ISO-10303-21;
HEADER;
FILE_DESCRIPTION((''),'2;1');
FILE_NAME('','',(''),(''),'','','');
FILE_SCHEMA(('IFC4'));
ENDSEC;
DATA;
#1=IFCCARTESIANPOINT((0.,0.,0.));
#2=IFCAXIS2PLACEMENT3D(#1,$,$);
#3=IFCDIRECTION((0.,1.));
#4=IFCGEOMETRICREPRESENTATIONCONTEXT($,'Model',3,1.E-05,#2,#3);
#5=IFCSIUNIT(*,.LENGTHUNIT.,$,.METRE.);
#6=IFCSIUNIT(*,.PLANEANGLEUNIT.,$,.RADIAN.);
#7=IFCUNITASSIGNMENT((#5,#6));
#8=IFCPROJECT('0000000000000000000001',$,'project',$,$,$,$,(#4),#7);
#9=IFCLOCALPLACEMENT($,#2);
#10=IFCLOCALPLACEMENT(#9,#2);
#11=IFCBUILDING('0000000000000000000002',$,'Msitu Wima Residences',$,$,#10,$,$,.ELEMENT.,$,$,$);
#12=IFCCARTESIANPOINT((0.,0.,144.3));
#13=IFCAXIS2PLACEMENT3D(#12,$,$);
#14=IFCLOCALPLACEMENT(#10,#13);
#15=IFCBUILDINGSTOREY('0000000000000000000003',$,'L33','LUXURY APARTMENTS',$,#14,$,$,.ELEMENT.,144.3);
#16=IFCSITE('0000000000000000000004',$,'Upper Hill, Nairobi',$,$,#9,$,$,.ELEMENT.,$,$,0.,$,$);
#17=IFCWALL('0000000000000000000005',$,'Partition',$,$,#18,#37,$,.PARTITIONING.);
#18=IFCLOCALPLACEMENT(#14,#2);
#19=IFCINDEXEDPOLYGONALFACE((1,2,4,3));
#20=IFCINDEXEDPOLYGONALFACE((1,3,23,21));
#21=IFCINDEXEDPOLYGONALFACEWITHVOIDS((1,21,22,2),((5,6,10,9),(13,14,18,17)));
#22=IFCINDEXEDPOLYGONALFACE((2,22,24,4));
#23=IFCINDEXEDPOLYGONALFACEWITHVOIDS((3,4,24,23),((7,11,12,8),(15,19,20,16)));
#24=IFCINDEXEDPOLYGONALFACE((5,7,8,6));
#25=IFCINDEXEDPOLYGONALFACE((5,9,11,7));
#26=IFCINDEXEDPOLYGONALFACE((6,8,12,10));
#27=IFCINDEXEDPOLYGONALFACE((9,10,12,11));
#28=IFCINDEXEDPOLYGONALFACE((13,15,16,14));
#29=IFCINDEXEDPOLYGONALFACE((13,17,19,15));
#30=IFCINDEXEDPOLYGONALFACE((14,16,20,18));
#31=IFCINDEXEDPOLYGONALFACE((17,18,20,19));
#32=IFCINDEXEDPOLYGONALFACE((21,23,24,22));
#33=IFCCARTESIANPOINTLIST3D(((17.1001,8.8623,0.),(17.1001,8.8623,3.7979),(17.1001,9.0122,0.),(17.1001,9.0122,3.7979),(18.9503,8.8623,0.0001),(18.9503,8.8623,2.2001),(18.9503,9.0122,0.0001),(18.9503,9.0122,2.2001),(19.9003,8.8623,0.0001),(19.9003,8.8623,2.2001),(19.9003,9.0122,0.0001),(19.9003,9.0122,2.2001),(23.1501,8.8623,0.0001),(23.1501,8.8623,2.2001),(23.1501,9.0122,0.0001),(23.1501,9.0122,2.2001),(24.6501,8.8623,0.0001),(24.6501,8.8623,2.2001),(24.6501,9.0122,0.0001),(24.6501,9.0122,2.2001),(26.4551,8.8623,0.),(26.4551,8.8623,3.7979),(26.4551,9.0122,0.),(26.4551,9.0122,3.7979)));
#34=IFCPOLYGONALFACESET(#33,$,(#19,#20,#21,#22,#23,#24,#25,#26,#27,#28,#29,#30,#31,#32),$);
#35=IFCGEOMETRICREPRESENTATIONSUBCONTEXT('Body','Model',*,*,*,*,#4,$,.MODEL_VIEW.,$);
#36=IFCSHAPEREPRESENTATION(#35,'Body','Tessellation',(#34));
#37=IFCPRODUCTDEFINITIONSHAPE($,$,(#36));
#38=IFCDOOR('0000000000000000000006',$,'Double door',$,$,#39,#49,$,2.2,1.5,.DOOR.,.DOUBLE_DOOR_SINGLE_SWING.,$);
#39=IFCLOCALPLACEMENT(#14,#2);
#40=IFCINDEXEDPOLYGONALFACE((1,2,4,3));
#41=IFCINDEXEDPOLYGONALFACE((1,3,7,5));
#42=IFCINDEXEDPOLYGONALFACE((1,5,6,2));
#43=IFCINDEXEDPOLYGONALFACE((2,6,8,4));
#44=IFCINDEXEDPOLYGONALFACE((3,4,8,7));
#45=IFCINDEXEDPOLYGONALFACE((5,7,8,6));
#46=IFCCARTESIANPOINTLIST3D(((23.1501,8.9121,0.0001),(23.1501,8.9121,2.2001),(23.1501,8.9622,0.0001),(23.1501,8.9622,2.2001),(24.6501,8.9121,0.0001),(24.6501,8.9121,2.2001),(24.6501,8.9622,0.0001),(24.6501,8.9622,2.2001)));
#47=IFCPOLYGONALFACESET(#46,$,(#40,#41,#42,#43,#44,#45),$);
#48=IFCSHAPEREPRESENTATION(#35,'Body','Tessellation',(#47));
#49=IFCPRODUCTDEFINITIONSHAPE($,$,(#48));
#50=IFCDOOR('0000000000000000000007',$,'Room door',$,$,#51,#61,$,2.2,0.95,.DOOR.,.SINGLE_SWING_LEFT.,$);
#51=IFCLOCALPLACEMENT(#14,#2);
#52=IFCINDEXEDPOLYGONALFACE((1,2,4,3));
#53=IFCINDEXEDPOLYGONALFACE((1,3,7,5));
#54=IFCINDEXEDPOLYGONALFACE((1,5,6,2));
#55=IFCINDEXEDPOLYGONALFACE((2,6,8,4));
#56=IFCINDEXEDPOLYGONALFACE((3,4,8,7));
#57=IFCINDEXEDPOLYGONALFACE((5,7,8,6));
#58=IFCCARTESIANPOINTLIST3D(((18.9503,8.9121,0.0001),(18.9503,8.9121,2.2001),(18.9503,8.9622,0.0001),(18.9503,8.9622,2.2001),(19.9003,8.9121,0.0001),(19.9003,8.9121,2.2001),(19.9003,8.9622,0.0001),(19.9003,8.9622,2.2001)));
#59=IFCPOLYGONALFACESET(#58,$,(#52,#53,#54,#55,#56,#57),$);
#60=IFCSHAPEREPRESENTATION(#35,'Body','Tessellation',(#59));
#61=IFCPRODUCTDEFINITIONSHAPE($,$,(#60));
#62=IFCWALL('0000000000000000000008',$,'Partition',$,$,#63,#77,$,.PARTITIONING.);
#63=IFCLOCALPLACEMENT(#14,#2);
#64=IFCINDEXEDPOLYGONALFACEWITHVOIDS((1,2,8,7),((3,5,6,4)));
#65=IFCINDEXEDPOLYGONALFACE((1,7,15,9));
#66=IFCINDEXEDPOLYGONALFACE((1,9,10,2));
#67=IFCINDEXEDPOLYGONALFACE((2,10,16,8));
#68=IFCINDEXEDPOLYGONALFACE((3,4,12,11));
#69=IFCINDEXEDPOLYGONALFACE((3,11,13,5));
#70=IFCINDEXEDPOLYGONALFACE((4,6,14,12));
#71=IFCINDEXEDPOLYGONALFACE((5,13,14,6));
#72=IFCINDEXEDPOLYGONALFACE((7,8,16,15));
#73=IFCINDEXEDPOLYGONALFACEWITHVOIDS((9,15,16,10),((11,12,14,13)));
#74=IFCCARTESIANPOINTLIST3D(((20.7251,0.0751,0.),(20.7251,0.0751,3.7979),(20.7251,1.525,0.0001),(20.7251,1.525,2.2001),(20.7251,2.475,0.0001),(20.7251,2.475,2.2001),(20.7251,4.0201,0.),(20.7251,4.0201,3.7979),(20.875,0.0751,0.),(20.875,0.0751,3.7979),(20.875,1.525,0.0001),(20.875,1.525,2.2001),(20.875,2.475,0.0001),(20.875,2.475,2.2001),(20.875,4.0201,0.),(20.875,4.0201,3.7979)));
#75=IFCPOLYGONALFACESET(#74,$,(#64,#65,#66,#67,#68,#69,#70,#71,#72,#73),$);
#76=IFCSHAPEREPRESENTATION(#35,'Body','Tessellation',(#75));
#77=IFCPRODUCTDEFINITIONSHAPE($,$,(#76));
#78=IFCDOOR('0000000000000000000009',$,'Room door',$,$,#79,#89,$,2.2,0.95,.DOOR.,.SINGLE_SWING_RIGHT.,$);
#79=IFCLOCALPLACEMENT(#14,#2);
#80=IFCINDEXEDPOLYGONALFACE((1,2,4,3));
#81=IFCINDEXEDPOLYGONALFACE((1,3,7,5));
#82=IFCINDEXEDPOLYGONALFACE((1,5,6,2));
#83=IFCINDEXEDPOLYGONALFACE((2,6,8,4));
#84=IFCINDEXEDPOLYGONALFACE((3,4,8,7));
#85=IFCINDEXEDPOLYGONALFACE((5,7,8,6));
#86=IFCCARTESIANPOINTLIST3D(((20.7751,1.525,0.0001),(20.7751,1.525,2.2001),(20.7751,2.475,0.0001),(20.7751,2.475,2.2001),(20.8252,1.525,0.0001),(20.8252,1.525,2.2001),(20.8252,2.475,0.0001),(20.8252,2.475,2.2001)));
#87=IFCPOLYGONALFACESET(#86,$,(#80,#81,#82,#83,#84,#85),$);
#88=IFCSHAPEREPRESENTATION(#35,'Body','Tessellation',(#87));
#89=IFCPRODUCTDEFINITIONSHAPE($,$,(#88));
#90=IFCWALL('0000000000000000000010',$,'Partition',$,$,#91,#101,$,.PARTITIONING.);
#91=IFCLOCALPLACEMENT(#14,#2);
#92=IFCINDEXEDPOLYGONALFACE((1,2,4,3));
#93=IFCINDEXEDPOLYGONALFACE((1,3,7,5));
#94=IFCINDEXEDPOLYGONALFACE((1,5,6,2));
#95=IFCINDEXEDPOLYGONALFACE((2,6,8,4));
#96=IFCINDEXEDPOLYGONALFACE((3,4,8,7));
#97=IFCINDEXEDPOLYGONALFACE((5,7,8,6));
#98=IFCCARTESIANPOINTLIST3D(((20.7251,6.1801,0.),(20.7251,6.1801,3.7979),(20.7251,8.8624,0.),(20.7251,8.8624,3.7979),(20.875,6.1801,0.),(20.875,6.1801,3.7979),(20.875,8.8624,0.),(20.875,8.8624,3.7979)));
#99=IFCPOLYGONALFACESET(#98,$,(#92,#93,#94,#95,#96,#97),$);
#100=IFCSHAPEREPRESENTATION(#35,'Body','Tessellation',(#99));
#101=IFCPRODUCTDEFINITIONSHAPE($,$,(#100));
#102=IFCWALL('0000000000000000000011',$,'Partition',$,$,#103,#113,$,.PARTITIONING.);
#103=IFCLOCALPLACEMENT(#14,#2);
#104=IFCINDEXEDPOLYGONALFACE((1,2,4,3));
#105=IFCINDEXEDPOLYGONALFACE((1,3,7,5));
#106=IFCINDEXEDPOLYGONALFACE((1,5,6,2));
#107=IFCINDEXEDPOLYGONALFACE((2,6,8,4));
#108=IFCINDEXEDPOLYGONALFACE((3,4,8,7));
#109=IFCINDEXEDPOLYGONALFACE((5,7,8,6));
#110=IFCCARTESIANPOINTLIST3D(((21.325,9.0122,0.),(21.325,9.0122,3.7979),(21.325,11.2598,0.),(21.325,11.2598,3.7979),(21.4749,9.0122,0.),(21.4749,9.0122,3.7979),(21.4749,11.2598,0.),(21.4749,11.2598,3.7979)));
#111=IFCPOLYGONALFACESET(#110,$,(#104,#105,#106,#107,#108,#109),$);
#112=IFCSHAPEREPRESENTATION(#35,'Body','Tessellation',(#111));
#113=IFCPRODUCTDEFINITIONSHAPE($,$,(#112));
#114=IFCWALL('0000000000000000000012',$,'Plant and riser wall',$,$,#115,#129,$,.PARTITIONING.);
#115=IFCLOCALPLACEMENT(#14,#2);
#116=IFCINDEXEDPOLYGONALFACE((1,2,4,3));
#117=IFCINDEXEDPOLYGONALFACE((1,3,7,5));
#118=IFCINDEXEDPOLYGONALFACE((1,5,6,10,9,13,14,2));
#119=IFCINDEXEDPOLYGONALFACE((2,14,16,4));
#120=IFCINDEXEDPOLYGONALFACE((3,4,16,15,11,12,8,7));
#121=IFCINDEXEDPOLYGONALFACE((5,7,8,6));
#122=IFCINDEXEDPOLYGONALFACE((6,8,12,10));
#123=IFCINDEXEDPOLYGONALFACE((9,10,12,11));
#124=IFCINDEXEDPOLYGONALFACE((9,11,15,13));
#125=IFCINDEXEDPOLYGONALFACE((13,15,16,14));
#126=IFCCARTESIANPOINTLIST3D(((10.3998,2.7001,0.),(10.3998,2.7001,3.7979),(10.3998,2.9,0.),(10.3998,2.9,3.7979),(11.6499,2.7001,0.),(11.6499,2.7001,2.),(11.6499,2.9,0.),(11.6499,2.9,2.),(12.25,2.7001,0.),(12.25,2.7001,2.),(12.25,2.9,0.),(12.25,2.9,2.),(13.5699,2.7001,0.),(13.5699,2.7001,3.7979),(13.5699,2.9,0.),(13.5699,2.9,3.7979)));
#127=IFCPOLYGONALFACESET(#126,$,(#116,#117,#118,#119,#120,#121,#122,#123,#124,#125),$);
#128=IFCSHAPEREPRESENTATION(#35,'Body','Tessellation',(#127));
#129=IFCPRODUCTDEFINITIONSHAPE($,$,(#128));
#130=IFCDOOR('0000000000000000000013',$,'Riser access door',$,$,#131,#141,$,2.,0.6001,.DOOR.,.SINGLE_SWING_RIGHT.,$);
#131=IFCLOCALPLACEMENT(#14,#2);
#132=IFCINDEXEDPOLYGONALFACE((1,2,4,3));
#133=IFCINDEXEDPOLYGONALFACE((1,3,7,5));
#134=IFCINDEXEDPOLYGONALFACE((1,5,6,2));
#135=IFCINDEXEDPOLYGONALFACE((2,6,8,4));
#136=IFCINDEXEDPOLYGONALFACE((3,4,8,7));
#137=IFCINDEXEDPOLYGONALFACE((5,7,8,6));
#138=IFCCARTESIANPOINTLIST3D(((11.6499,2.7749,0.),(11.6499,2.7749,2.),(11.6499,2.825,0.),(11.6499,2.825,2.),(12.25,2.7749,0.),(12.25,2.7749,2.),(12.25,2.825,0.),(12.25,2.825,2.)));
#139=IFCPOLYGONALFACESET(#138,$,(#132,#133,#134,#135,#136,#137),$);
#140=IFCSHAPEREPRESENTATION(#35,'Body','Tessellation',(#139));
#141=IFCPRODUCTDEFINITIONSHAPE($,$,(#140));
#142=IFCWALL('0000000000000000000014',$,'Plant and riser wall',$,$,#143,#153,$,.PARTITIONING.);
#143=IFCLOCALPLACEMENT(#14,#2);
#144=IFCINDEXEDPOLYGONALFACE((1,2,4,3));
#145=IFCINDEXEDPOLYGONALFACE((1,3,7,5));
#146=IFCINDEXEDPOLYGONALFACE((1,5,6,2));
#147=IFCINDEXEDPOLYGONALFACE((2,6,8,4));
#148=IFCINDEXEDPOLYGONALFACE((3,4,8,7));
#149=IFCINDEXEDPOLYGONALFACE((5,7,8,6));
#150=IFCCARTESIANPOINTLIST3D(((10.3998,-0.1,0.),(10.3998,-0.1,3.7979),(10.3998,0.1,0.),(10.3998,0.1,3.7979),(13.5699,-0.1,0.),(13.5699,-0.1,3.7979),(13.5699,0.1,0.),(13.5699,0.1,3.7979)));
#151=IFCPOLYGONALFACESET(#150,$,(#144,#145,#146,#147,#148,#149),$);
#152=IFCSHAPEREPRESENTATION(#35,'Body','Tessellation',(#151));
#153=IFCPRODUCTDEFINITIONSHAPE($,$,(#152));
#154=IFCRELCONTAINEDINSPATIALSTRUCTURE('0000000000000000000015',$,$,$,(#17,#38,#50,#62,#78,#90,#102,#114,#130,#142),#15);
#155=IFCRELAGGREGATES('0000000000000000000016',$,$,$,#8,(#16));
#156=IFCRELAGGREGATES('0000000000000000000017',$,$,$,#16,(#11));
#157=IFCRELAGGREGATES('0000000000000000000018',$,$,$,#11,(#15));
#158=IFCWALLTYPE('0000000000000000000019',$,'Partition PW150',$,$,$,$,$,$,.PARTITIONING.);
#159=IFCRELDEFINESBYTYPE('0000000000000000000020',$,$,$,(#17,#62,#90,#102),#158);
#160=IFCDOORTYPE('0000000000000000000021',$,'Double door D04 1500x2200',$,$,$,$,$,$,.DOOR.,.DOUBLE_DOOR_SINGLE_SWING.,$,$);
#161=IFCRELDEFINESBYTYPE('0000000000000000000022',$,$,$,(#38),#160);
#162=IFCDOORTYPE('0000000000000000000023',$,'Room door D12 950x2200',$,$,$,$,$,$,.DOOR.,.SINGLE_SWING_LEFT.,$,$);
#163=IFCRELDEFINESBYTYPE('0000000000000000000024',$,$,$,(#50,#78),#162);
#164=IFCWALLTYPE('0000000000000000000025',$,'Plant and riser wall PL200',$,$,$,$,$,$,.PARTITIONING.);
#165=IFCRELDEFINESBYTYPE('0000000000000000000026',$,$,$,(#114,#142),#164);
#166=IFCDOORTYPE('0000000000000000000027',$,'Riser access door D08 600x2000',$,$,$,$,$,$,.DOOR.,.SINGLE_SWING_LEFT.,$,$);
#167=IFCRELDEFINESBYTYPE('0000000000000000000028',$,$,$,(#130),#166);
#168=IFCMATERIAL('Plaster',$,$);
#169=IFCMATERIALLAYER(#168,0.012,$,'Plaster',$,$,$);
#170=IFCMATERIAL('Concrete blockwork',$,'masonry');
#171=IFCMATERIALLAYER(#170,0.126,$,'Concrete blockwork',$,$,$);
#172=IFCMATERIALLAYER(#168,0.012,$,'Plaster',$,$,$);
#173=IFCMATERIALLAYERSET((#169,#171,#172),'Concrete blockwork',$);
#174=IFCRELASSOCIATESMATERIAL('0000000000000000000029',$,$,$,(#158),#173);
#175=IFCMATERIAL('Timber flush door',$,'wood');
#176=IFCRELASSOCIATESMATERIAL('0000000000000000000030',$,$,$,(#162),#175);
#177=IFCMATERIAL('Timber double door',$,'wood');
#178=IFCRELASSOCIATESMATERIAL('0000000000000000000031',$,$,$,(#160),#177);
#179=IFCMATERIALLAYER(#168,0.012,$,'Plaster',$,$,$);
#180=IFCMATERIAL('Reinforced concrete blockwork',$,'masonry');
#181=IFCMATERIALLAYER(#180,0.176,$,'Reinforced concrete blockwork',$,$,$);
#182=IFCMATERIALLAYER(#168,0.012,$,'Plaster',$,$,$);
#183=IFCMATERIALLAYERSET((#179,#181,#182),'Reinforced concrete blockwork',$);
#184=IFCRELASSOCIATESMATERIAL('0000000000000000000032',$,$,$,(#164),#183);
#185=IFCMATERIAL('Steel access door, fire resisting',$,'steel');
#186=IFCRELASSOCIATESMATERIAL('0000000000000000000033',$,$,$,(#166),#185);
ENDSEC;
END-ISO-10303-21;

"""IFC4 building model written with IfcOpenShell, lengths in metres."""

from ifc_helpers import new_model, si_unit, direction, frame, frame_2d, origin, place, context, subcontext, project, spatial, rectangle, extrude, material, layer, layer_set, type_object, element, fill, save


model = new_model("IFC4")

# Units and contexts
model_context = context("Model", 3, precision=1e-05, world=origin(), true_north=direction((0.0, 1.0)))
body_context = subcontext(model_context, "Body", "Model", "MODEL_VIEW")
ifc_project = project(units=[si_unit("LENGTHUNIT", "METRE"), si_unit("PLANEANGLEUNIT", "RADIAN")], contexts=[model_context])

# Site, building, storey
site_placement = place(None, origin())
site = spatial("IfcSite", under=ifc_project, at=site_placement, Name="Upper Hill, Nairobi", CompositionType="ELEMENT", RefElevation=0.0)
building_placement = place(site_placement, origin())
building = spatial("IfcBuilding", under=site, at=building_placement, Name="Msitu Wima Residences", CompositionType="ELEMENT")
storey_placement = place(building_placement, frame((0.0, 0.0, 144.3)))
storey = spatial("IfcBuildingStorey", under=building, at=storey_placement, Name="L33", Description="LUXURY APARTMENTS", CompositionType="ELEMENT", Elevation=144.3)

# Shared definitions
ifc_material_1 = material(Name="Plaster")
ifc_layer_1 = layer(ifc_material_1, 0.012, Name="Plaster")
ifc_material_2 = material(Name="Concrete blockwork", Category="masonry")
ifc_layer_2 = layer(ifc_material_2, 0.126, Name="Concrete blockwork")
ifc_layer_3 = layer(ifc_material_1, 0.012, Name="Plaster")
ifc_layer_set_1 = layer_set([ifc_layer_1, ifc_layer_2, ifc_layer_3], Name="Concrete blockwork")
wall_type_1 = type_object("IfcWallType", Name="Partition PW150", PredefinedType="PARTITIONING", material=ifc_layer_set_1)
ifc_material_3 = material(Name="Timber flush door", Category="wood")
door_type_1 = type_object("IfcDoorType", Name="Room door D12 950x2200", OperationType="SINGLE_SWING_LEFT", PredefinedType="DOOR", material=ifc_material_3)

# Wall, openings, doors
wall_1_placement = place(storey_placement, frame((17.1001, 8.9373, 0.0), z_axis=(0.0, 0.0, 1.0), x_axis=(1.0, 0.0, 0.0)))
wall_1 = element("IfcWall", 1, at=wall_1_placement, inside=storey, type_object=wall_type_1, Name="Partition", PredefinedType="PARTITIONING", context=body_context, shape_type="SweptSolid", body=[
    extrude(rectangle(XDim=9.355, YDim=0.1499, at=frame_2d((4.6775, 0.0))), origin(), (0.0, 0.0, 1.0), 3.7979),
])
opening_1_placement = place(wall_1_placement, frame((6.05, 0.0, 0.0)))
opening_1 = element("IfcOpeningElement", 2, at=opening_1_placement, cuts=wall_1, PredefinedType="OPENING", context=body_context, shape_type="SweptSolid", body=[
    extrude(rectangle(XDim=1.5, YDim=2.2, at=frame_2d((0.75, 1.1001))), frame((0.0, 0.085, 0.0), z_axis=(0.0, -1.0, 0.0), x_axis=(1.0, 0.0, 0.0)), (0.0, 0.0, 1.0), 0.1699),
])
opening_2_placement = place(wall_1_placement, frame((1.8501, 0.0, 0.0)))
opening_2 = element("IfcOpeningElement", 3, at=opening_2_placement, cuts=wall_1, PredefinedType="OPENING", context=body_context, shape_type="SweptSolid", body=[
    extrude(rectangle(XDim=0.95, YDim=2.2, at=frame_2d((0.4751, 1.1001))), frame((0.0, 0.085, 0.0), z_axis=(0.0, -1.0, 0.0), x_axis=(1.0, 0.0, 0.0)), (0.0, 0.0, 1.0), 0.1699),
])
ifc_material_4 = material(Name="Timber double door", Category="wood")
door_type_2 = type_object("IfcDoorType", Name="Double door D04 1500x2200", OperationType="DOUBLE_DOOR_SINGLE_SWING", PredefinedType="DOOR", material=ifc_material_4)
door_1_placement = place(opening_1_placement, origin())
door_1 = element("IfcDoor", 4, at=door_1_placement, inside=storey, type_object=door_type_2, Name="Double door", OperationType="DOUBLE_DOOR_SINGLE_SWING", OverallHeight=2.2, OverallWidth=1.5, PredefinedType="DOOR", context=body_context, shape_type="SweptSolid", body=[
    extrude(rectangle(XDim=1.5, YDim=2.2, at=frame_2d((0.75, 1.1001))), frame((0.0, 0.0249, 0.0), z_axis=(0.0, -1.0, 0.0), x_axis=(1.0, 0.0, 0.0)), (0.0, 0.0, 1.0), 0.05),
])
fill(opening_1, door_1)
door_2_placement = place(opening_2_placement, origin())
door_2 = element("IfcDoor", 5, at=door_2_placement, inside=storey, type_object=door_type_1, Name="Room door", OperationType="SINGLE_SWING_LEFT", OverallHeight=2.2, OverallWidth=0.95, PredefinedType="DOOR", context=body_context, shape_type="SweptSolid", body=[
    extrude(rectangle(XDim=0.95, YDim=2.2, at=frame_2d((0.4751, 1.1001))), frame((0.0, 0.0249, 0.0), z_axis=(0.0, -1.0, 0.0), x_axis=(1.0, 0.0, 0.0)), (0.0, 0.0, 1.0), 0.05),
])
fill(opening_2, door_2)

# Wall, opening, door
wall_2_placement = place(storey_placement, frame((20.8, 0.075, 0.0), z_axis=(0.0, 0.0, 1.0), x_axis=(0.0, 1.0, 0.0)))
wall_2 = element("IfcWall", 6, at=wall_2_placement, inside=storey, type_object=wall_type_1, Name="Partition", PredefinedType="PARTITIONING", context=body_context, shape_type="SweptSolid", body=[
    extrude(rectangle(XDim=3.9451, YDim=0.1499, at=frame_2d((1.9727, 0.0))), origin(), (0.0, 0.0, 1.0), 3.7979),
])
opening_3_placement = place(wall_2_placement, frame((1.45, 0.0, 0.0)))
opening_3 = element("IfcOpeningElement", 7, at=opening_3_placement, cuts=wall_2, PredefinedType="OPENING", context=body_context, shape_type="SweptSolid", body=[
    extrude(rectangle(XDim=0.95, YDim=2.2, at=frame_2d((0.4751, 1.1001))), frame((0.0, 0.085, 0.0), z_axis=(0.0, -1.0, 0.0), x_axis=(1.0, 0.0, 0.0)), (0.0, 0.0, 1.0), 0.1699),
])
door_3_placement = place(opening_3_placement, origin())
door_3 = element("IfcDoor", 8, at=door_3_placement, inside=storey, type_object=door_type_1, Name="Room door", OperationType="SINGLE_SWING_RIGHT", OverallHeight=2.2, OverallWidth=0.95, PredefinedType="DOOR", context=body_context, shape_type="SweptSolid", body=[
    extrude(rectangle(XDim=0.95, YDim=2.2, at=frame_2d((0.4751, 1.1001))), frame((0.0, 0.0249, 0.0), z_axis=(0.0, -1.0, 0.0), x_axis=(1.0, 0.0, 0.0)), (0.0, 0.0, 1.0), 0.05),
])
fill(opening_3, door_3)

# Walls
wall_3_placement = place(storey_placement, frame((20.8, 6.1799, 0.0), z_axis=(0.0, 0.0, 1.0), x_axis=(0.0, 1.0, 0.0)))
element("IfcWall", 9, at=wall_3_placement, inside=storey, type_object=wall_type_1, Name="Partition", PredefinedType="PARTITIONING", context=body_context, shape_type="SweptSolid", body=[
    extrude(rectangle(XDim=2.6824, YDim=0.1499, at=frame_2d((1.3413, 0.0))), origin(), (0.0, 0.0, 1.0), 3.7979),
])
wall_4_placement = place(storey_placement, frame((21.3999, 9.0122, 0.0), z_axis=(0.0, 0.0, 1.0), x_axis=(0.0, 1.0, 0.0)))
element("IfcWall", 10, at=wall_4_placement, inside=storey, type_object=wall_type_1, Name="Partition", PredefinedType="PARTITIONING", context=body_context, shape_type="SweptSolid", body=[
    extrude(rectangle(XDim=2.2476, YDim=0.1499, at=frame_2d((1.1238, 0.0))), origin(), (0.0, 0.0, 1.0), 3.7979),
])

# Wall, opening, door
ifc_layer_4 = layer(ifc_material_1, 0.012, Name="Plaster")
ifc_material_5 = material(Name="Reinforced concrete blockwork", Category="masonry")
ifc_layer_5 = layer(ifc_material_5, 0.176, Name="Reinforced concrete blockwork")
ifc_layer_6 = layer(ifc_material_1, 0.012, Name="Plaster")
ifc_layer_set_2 = layer_set([ifc_layer_4, ifc_layer_5, ifc_layer_6], Name="Reinforced concrete blockwork")
wall_type_2 = type_object("IfcWallType", Name="Plant and riser wall PL200", PredefinedType="PARTITIONING", material=ifc_layer_set_2)
wall_5_placement = place(storey_placement, frame((10.3999, 2.8, 0.0), z_axis=(0.0, 0.0, 1.0), x_axis=(1.0, 0.0, 0.0)))
wall_5 = element("IfcWall", 11, at=wall_5_placement, inside=storey, type_object=wall_type_2, Name="Plant and riser wall", PredefinedType="PARTITIONING", context=body_context, shape_type="SweptSolid", body=[
    extrude(rectangle(XDim=3.1702, YDim=0.2, at=frame_2d((1.585, 0.0))), origin(), (0.0, 0.0, 1.0), 3.7979),
])
opening_4_placement = place(wall_5_placement, frame((1.25, 0.0, 0.0)))
opening_4 = element("IfcOpeningElement", 12, at=opening_4_placement, cuts=wall_5, PredefinedType="OPENING", context=body_context, shape_type="SweptSolid", body=[
    extrude(rectangle(XDim=0.6001, YDim=2.0, at=frame_2d((0.3, 1.0))), frame((0.0, 0.1099, 0.0), z_axis=(0.0, -1.0, 0.0), x_axis=(1.0, 0.0, 0.0)), (0.0, 0.0, 1.0), 0.22),
])
ifc_material_6 = material(Name="Steel access door, fire resisting", Category="steel")
door_type_3 = type_object("IfcDoorType", Name="Riser access door D08 600x2000", OperationType="SINGLE_SWING_LEFT", PredefinedType="DOOR", material=ifc_material_6)
door_4_placement = place(opening_4_placement, origin())
door_4 = element("IfcDoor", 13, at=door_4_placement, inside=storey, type_object=door_type_3, Name="Riser access door", OperationType="SINGLE_SWING_RIGHT", OverallHeight=2.0, OverallWidth=0.6001, PredefinedType="DOOR", context=body_context, shape_type="SweptSolid", body=[
    extrude(rectangle(XDim=0.6001, YDim=2.0, at=frame_2d((0.3, 1.0))), frame((0.0, 0.0249, 0.0), z_axis=(0.0, -1.0, 0.0), x_axis=(1.0, 0.0, 0.0)), (0.0, 0.0, 1.0), 0.05),
])
fill(opening_4, door_4)

# Wall
wall_6_placement = place(storey_placement, frame((10.3999, 0.0, 0.0), z_axis=(0.0, 0.0, 1.0), x_axis=(1.0, 0.0, 0.0)))
element("IfcWall", 14, at=wall_6_placement, inside=storey, type_object=wall_type_2, Name="Plant and riser wall", PredefinedType="PARTITIONING", context=body_context, shape_type="SweptSolid", body=[
    extrude(rectangle(XDim=3.1702, YDim=0.2, at=frame_2d((1.585, 0.0))), origin(), (0.0, 0.0, 1.0), 3.7979),
])

save(model, "model.ifc")
